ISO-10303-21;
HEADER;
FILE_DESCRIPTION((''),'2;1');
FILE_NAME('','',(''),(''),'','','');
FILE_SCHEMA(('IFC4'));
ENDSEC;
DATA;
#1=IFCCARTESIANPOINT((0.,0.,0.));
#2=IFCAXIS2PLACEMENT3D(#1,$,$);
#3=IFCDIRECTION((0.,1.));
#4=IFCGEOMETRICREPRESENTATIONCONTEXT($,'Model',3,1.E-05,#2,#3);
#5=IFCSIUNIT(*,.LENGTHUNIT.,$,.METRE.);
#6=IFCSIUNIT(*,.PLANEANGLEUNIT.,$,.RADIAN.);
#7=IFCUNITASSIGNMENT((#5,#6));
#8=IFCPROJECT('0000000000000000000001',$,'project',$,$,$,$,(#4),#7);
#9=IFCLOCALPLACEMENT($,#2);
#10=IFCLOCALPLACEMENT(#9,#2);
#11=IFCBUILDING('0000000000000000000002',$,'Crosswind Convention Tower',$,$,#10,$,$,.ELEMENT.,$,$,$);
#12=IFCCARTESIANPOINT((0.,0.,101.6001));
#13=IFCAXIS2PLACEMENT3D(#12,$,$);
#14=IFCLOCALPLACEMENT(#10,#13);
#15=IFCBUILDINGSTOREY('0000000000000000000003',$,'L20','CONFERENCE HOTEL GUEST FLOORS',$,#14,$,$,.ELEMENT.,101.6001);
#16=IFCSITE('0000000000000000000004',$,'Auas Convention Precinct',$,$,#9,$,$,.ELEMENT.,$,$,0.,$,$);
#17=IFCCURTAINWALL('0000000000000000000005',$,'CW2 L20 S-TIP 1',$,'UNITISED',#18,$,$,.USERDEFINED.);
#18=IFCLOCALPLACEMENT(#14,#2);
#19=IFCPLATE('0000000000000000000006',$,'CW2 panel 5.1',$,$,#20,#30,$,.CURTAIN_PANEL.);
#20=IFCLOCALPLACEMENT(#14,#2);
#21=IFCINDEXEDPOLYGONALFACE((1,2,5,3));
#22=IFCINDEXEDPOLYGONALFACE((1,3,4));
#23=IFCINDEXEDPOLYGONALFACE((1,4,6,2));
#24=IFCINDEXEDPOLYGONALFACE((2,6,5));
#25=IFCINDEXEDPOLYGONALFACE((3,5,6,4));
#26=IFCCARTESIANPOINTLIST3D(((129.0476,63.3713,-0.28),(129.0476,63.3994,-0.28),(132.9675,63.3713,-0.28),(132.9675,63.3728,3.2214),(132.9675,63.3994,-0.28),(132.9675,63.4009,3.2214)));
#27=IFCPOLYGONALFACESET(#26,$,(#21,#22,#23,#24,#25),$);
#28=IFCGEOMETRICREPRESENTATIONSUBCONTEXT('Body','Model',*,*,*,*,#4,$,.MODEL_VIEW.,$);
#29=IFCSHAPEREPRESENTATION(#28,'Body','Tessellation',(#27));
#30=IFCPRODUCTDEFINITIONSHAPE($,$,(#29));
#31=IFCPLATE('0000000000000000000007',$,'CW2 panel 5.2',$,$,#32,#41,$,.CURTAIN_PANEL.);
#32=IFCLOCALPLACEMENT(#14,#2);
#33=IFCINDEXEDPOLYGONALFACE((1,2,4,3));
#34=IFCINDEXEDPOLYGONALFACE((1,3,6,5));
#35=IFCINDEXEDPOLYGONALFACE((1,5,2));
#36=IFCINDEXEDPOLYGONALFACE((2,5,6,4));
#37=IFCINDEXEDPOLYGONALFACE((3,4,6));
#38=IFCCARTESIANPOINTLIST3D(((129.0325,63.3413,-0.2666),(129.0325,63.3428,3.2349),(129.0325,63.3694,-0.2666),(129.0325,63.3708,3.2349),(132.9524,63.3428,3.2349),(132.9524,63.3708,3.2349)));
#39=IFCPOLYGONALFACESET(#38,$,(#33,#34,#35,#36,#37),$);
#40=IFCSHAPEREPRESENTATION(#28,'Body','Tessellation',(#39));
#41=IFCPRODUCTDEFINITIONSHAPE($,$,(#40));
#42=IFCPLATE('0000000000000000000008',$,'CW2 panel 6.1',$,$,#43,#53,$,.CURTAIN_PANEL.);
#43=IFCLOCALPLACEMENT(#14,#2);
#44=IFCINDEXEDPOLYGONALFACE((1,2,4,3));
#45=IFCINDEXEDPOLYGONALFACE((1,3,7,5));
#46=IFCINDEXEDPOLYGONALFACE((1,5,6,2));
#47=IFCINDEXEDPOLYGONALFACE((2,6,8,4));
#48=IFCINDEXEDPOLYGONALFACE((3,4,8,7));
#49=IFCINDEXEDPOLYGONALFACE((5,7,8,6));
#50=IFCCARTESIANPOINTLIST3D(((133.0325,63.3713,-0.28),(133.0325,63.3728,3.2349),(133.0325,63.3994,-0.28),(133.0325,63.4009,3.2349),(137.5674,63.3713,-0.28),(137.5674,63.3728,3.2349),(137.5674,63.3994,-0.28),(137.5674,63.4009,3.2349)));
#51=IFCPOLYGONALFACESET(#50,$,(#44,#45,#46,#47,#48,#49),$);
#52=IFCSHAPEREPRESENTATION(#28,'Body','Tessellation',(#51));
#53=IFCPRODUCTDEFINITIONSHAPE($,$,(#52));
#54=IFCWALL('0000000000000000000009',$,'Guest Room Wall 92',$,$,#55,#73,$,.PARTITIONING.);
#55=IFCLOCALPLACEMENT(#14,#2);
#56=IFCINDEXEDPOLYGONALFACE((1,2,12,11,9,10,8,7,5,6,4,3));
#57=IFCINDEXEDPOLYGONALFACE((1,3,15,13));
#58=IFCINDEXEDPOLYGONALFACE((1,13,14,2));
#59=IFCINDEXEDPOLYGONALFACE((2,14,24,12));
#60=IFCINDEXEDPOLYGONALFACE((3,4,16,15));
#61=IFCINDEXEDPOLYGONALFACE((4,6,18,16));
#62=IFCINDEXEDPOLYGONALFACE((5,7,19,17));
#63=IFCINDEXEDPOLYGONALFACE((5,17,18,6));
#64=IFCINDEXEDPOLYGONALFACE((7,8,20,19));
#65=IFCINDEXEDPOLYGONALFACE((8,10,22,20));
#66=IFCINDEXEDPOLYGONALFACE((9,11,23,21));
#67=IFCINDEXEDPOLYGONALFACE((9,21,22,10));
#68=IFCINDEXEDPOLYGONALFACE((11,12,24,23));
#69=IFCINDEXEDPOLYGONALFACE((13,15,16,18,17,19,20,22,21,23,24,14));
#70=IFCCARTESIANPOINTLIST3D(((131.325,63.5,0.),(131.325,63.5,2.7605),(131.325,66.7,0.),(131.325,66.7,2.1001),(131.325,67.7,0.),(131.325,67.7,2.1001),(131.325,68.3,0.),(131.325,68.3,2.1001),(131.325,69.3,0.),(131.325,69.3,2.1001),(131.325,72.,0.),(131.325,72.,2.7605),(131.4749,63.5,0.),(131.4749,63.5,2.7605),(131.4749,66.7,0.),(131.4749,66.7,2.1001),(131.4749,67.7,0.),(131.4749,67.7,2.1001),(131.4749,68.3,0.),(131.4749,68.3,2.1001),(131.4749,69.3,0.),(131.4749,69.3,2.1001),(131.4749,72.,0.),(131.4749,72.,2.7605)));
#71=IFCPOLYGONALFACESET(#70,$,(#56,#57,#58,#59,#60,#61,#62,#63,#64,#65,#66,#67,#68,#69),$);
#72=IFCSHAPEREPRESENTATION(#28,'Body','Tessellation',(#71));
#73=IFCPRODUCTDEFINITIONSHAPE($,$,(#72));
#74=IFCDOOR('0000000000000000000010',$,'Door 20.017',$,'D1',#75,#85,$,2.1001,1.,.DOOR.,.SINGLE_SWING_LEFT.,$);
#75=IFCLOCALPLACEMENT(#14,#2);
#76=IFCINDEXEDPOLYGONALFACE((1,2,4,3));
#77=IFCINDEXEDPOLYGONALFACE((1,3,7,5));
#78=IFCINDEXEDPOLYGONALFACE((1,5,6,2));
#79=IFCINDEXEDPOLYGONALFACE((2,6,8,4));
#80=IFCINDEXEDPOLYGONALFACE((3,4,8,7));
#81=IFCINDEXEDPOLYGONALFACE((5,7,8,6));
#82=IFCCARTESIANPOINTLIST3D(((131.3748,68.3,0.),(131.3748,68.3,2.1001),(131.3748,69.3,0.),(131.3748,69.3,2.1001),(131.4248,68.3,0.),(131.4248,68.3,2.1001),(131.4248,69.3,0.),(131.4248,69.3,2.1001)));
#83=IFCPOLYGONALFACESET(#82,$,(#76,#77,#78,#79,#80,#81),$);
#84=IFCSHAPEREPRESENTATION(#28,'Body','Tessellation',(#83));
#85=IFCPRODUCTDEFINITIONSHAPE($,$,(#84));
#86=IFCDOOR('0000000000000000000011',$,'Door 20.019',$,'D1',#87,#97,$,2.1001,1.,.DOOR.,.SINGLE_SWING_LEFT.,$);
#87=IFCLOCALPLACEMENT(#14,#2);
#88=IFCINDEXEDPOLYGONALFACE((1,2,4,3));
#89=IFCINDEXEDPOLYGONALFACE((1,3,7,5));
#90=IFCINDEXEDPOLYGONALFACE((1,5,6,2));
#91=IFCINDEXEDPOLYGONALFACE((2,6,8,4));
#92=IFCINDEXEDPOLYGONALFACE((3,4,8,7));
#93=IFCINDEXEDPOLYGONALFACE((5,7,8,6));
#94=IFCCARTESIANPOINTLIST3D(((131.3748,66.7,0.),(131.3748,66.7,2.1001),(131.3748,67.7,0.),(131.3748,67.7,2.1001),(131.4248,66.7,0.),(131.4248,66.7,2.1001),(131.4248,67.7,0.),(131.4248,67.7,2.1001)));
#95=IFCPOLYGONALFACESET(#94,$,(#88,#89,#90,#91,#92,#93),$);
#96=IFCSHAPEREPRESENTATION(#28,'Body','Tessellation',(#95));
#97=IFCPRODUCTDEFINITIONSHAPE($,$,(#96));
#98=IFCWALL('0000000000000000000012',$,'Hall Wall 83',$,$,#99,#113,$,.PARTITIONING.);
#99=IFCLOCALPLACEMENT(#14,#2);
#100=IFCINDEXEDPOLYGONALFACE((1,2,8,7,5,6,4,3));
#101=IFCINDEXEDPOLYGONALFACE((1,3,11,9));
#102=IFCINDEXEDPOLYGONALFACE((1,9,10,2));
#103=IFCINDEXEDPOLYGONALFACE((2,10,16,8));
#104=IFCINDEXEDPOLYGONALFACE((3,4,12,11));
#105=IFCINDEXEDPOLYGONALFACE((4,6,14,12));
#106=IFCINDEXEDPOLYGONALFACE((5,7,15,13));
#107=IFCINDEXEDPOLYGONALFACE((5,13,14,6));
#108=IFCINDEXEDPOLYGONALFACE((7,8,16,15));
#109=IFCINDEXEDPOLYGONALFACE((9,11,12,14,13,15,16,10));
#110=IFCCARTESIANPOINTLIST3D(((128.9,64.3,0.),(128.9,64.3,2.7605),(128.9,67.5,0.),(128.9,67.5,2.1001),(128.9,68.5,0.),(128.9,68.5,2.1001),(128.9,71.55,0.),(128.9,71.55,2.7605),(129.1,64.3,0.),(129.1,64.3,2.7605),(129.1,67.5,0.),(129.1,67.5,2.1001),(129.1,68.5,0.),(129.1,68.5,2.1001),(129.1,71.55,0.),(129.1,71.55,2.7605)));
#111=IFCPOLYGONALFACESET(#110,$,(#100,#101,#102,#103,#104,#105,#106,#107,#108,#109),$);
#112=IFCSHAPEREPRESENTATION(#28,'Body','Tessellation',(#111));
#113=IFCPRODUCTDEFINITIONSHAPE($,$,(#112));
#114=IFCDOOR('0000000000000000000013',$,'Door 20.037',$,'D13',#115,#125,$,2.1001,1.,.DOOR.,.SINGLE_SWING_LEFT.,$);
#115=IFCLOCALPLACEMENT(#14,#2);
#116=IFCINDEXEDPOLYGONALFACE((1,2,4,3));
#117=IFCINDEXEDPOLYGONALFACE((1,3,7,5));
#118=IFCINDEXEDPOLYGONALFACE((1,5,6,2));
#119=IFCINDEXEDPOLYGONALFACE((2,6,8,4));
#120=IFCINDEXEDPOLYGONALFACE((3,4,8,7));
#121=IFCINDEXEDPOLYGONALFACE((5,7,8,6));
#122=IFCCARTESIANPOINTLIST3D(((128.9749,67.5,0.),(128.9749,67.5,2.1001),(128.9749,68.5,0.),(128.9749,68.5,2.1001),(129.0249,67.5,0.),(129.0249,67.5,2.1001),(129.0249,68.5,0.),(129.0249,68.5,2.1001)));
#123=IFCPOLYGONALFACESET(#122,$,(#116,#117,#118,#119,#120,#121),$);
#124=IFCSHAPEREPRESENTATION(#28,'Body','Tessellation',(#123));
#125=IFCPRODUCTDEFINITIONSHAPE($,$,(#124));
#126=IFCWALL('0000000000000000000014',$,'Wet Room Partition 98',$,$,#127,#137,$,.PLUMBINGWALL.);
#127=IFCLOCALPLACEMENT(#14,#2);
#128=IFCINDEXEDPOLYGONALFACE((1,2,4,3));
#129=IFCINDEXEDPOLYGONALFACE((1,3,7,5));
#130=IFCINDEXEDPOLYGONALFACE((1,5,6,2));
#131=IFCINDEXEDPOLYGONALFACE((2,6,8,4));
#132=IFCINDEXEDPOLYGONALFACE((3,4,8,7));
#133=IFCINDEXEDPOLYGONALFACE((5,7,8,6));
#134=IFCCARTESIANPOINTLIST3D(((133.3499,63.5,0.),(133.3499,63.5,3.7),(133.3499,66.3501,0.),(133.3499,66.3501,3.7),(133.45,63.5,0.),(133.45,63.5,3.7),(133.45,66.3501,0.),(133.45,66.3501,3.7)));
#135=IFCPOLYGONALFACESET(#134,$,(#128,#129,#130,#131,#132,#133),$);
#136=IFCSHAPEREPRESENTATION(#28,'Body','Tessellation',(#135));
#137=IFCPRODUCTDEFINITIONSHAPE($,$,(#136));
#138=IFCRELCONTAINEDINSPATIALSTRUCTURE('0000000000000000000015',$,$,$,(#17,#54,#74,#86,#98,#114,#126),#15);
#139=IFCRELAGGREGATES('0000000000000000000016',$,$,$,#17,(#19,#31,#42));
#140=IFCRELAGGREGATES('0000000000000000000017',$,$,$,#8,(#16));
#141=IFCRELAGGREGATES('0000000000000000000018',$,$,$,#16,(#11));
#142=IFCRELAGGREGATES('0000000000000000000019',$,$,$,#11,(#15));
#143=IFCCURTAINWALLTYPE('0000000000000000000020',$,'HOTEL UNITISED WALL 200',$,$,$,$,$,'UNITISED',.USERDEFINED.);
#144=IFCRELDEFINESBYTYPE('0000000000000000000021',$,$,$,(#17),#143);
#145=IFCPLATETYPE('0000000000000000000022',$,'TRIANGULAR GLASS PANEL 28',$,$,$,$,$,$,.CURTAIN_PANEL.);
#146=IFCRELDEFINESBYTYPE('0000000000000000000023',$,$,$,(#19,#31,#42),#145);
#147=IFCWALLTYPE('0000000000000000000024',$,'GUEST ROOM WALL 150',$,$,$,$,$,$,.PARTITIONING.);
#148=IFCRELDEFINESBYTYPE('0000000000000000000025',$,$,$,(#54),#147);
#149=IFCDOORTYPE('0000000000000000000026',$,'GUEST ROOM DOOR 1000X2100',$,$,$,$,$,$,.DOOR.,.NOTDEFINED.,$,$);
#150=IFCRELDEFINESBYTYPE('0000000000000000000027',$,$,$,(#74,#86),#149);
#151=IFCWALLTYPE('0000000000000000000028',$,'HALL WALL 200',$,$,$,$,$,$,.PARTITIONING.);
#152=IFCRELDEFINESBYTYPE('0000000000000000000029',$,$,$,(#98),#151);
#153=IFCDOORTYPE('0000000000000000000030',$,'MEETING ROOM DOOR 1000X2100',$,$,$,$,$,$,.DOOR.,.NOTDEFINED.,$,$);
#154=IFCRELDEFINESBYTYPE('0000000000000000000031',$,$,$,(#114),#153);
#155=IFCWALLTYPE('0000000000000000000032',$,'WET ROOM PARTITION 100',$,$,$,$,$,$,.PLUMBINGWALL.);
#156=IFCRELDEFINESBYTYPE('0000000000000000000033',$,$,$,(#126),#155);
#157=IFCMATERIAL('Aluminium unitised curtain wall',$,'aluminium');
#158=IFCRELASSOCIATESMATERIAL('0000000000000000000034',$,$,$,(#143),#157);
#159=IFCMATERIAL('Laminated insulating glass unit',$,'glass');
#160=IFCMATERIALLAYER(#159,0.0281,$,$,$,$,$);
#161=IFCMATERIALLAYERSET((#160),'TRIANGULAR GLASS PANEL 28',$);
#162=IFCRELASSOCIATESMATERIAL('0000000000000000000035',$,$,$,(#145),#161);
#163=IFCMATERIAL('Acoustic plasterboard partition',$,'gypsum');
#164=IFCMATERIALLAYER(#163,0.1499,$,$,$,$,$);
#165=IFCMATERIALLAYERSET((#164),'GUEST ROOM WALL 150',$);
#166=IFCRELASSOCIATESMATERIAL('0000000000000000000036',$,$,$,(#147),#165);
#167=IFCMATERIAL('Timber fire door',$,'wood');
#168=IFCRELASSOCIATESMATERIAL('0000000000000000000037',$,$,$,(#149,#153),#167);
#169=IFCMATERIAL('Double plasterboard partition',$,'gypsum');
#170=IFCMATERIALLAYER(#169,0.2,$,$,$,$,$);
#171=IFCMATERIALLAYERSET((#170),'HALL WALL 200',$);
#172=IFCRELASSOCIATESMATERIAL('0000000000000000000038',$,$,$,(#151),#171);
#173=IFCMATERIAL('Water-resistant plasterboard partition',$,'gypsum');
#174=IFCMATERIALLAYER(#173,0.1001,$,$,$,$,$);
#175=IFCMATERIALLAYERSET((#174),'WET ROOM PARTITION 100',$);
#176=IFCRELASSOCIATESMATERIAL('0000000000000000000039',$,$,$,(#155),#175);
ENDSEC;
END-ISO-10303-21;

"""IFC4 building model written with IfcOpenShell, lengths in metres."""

from ifc_helpers import new_model, si_unit, direction, frame, frame_2d, origin, place, context, subcontext, project, spatial, polyline, rectangle, outline, extrude, material, layer, layer_set, type_object, element, fill, aggregate, save


model = new_model("IFC4")

# Units and contexts
model_context = context("Model", 3, precision=1e-05, world=origin(), true_north=direction((0.0, 1.0)))
body_context = subcontext(model_context, "Body", "Model", "MODEL_VIEW")
ifc_project = project(units=[si_unit("LENGTHUNIT", "METRE"), si_unit("PLANEANGLEUNIT", "RADIAN")], contexts=[model_context])

# Site, building, storey
site_placement = place(None, origin())
site = spatial("IfcSite", under=ifc_project, at=site_placement, Name="Auas Convention Precinct", CompositionType="ELEMENT", RefElevation=0.0)
building_placement = place(site_placement, origin())
building = spatial("IfcBuilding", under=site, at=building_placement, Name="Crosswind Convention Tower", CompositionType="ELEMENT")
storey_placement = place(building_placement, frame((0.0, 0.0, 101.6001)))
storey = spatial("IfcBuildingStorey", under=building, at=storey_placement, Name="L20", Description="CONFERENCE HOTEL GUEST FLOORS", CompositionType="ELEMENT", Elevation=101.6001)

# Curtain wall, plates
ifc_material_1 = material(Name="Aluminium unitised curtain wall", Category="aluminium")
curtain_wall_type = type_object("IfcCurtainWallType", Name="HOTEL UNITISED WALL 200", ElementType="UNITISED", PredefinedType="USERDEFINED", material=ifc_material_1)
curtain_wall_placement = place(storey_placement, origin())
curtain_wall = element("IfcCurtainWall", 1, at=curtain_wall_placement, inside=storey, type_object=curtain_wall_type, Name="CW2 L20 S-TIP 1", ObjectType="UNITISED", PredefinedType="USERDEFINED")
ifc_material_2 = material(Name="Laminated insulating glass unit", Category="glass")
ifc_layer_1 = layer(ifc_material_2, 0.0281)
ifc_layer_set_1 = layer_set([ifc_layer_1], Name="TRIANGULAR GLASS PANEL 28")
plate_type = type_object("IfcPlateType", Name="TRIANGULAR GLASS PANEL 28", PredefinedType="CURTAIN_PANEL", material=ifc_layer_set_1)
plate_1_placement = place(storey_placement, frame((132.9675, 63.3713, -0.28), z_axis=(0.0, -1.0, 0.000418), x_axis=(0.0, 0.000418, 1.0)))
plate_1 = element("IfcPlate", 2, at=plate_1_placement, type_object=plate_type, Name="CW2 panel 5.1", PredefinedType="CURTAIN_PANEL", context=body_context, shape_type="SweptSolid", body=[
    extrude(outline(polyline([(0.0, 0.0), (3.5015, 0.0), (0.0, 3.9199), (0.0, 0.0)])), origin(), (0.0, 0.0, -1.0), 0.0281),
])
plate_2_placement = place(storey_placement, frame((129.0325, 63.3428, 3.2349), z_axis=(0.0, -1.0, 0.000418), x_axis=(0.0, -0.000418, -1.0)))
plate_2 = element("IfcPlate", 3, at=plate_2_placement, type_object=plate_type, Name="CW2 panel 5.2", PredefinedType="CURTAIN_PANEL", context=body_context, shape_type="SweptSolid", body=[
    extrude(outline(polyline([(0.0, 0.0), (3.5015, 0.0), (0.0, 3.9199), (0.0, 0.0)])), origin(), (0.0, 0.0, -1.0), 0.0281),
])
plate_3_placement = place(storey_placement, frame((133.0325, 63.3713, -0.28), z_axis=(0.0, -1.0, 0.000417), x_axis=(1.0, 0.0, 0.0)))
plate_3 = element("IfcPlate", 4, at=plate_3_placement, type_object=plate_type, Name="CW2 panel 6.1", PredefinedType="CURTAIN_PANEL", context=body_context, shape_type="SweptSolid", body=[
    extrude(outline(polyline([(0.0, 0.0), (4.5349, 0.0), (4.5349, 3.5149), (0.0, 3.5149), (0.0, 0.0)])), origin(), (0.0, 0.0, -1.0), 0.0281),
])
aggregate(curtain_wall, [plate_1, plate_2, plate_3])

# Wall, openings, doors
ifc_material_3 = material(Name="Acoustic plasterboard partition", Category="gypsum")
ifc_layer_2 = layer(ifc_material_3, 0.1499)
ifc_layer_set_2 = layer_set([ifc_layer_2], Name="GUEST ROOM WALL 150")
wall_type_1 = type_object("IfcWallType", Name="GUEST ROOM WALL 150", PredefinedType="PARTITIONING", material=ifc_layer_set_2)
wall_1_placement = place(storey_placement, frame((131.3999, 63.5, 0.0), z_axis=(0.0, 0.0, 1.0), x_axis=(0.0, 1.0, 0.0)))
wall_1 = element("IfcWall", 5, at=wall_1_placement, inside=storey, type_object=wall_type_1, Name="Guest Room Wall 92", PredefinedType="PARTITIONING", context=body_context, shape_type="SweptSolid", body=[
    extrude(rectangle(XDim=8.5, YDim=0.1499, at=frame_2d((4.25, 0.0))), origin(), (0.0, 0.0, 1.0), 2.7605),
])
opening_1_placement = place(wall_1_placement, frame((4.8, 0.0, 0.0)))
opening_1 = element("IfcOpeningElement", 6, at=opening_1_placement, cuts=wall_1, PredefinedType="OPENING", context=body_context, shape_type="SweptSolid", body=[
    extrude(rectangle(XDim=1.0, YDim=2.1001, at=frame_2d((0.5, 1.05))), frame((0.0, 0.085, 0.0), z_axis=(0.0, -1.0, 0.0), x_axis=(1.0, 0.0, 0.0)), (0.0, 0.0, 1.0), 0.1699),
])
opening_2_placement = place(wall_1_placement, frame((3.2, 0.0, 0.0)))
opening_2 = element("IfcOpeningElement", 7, at=opening_2_placement, cuts=wall_1, PredefinedType="OPENING", context=body_context, shape_type="SweptSolid", body=[
    extrude(rectangle(XDim=1.0, YDim=2.1001, at=frame_2d((0.5, 1.05))), frame((0.0, 0.085, 0.0), z_axis=(0.0, -1.0, 0.0), x_axis=(1.0, 0.0, 0.0)), (0.0, 0.0, 1.0), 0.1699),
])
ifc_material_4 = material(Name="Timber fire door", Category="wood")
door_type_1 = type_object("IfcDoorType", Name="GUEST ROOM DOOR 1000X2100", OperationType="NOTDEFINED", PredefinedType="DOOR", material=ifc_material_4)
door_1_placement = place(opening_1_placement, frame((1.0, 0.0, 0.0), z_axis=(0.0, 0.0, 1.0), x_axis=(-1.0, 0.0, 0.0)))
door_1 = element("IfcDoor", 8, at=door_1_placement, inside=storey, type_object=door_type_1, Name="Door 20.017", ObjectType="D1", OperationType="SINGLE_SWING_LEFT", OverallHeight=2.1001, OverallWidth=1.0, PredefinedType="DOOR", context=body_context, shape_type="SweptSolid", body=[
    extrude(rectangle(XDim=1.0, YDim=2.1001, at=frame_2d((0.5, 1.05))), frame((0.0, 0.0249, 0.0), z_axis=(0.0, -1.0, 0.0), x_axis=(1.0, 0.0, 0.0)), (0.0, 0.0, 1.0), 0.05),
])
fill(opening_1, door_1)
door_2_placement = place(opening_2_placement, frame((1.0, 0.0, 0.0), z_axis=(0.0, 0.0, 1.0), x_axis=(-1.0, 0.0, 0.0)))
door_2 = element("IfcDoor", 9, at=door_2_placement, inside=storey, type_object=door_type_1, Name="Door 20.019", ObjectType="D1", OperationType="SINGLE_SWING_LEFT", OverallHeight=2.1001, OverallWidth=1.0, PredefinedType="DOOR", context=body_context, shape_type="SweptSolid", body=[
    extrude(rectangle(XDim=1.0, YDim=2.1001, at=frame_2d((0.5, 1.05))), frame((0.0, 0.0249, 0.0), z_axis=(0.0, -1.0, 0.0), x_axis=(1.0, 0.0, 0.0)), (0.0, 0.0, 1.0), 0.05),
])
fill(opening_2, door_2)

# Wall, opening, door
ifc_material_5 = material(Name="Double plasterboard partition", Category="gypsum")
ifc_layer_3 = layer(ifc_material_5, 0.2)
ifc_layer_set_3 = layer_set([ifc_layer_3], Name="HALL WALL 200")
wall_type_2 = type_object("IfcWallType", Name="HALL WALL 200", PredefinedType="PARTITIONING", material=ifc_layer_set_3)
wall_2_placement = place(storey_placement, frame((129.0, 64.3, 0.0), z_axis=(0.0, 0.0, 1.0), x_axis=(0.0, 1.0, 0.0)))
wall_2 = element("IfcWall", 10, at=wall_2_placement, inside=storey, type_object=wall_type_2, Name="Hall Wall 83", PredefinedType="PARTITIONING", context=body_context, shape_type="SweptSolid", body=[
    extrude(rectangle(XDim=7.25, YDim=0.2, at=frame_2d((3.625, 0.0))), origin(), (0.0, 0.0, 1.0), 2.7605),
])
opening_3_placement = place(wall_2_placement, frame((3.2, 0.0, 0.0)))
opening_3 = element("IfcOpeningElement", 11, at=opening_3_placement, cuts=wall_2, PredefinedType="OPENING", context=body_context, shape_type="SweptSolid", body=[
    extrude(rectangle(XDim=1.0, YDim=2.1001, at=frame_2d((0.5, 1.05))), frame((0.0, 0.1099, 0.0), z_axis=(0.0, -1.0, 0.0), x_axis=(1.0, 0.0, 0.0)), (0.0, 0.0, 1.0), 0.22),
])
door_type_2 = type_object("IfcDoorType", Name="MEETING ROOM DOOR 1000X2100", OperationType="NOTDEFINED", PredefinedType="DOOR", material=ifc_material_4)
door_3_placement = place(opening_3_placement, frame((1.0, 0.0, 0.0), z_axis=(0.0, 0.0, 1.0), x_axis=(-1.0, 0.0, 0.0)))
door_3 = element("IfcDoor", 12, at=door_3_placement, inside=storey, type_object=door_type_2, Name="Door 20.037", ObjectType="D13", OperationType="SINGLE_SWING_LEFT", OverallHeight=2.1001, OverallWidth=1.0, PredefinedType="DOOR", context=body_context, shape_type="SweptSolid", body=[
    extrude(rectangle(XDim=1.0, YDim=2.1001, at=frame_2d((0.5, 1.05))), frame((0.0, 0.0249, 0.0), z_axis=(0.0, -1.0, 0.0), x_axis=(1.0, 0.0, 0.0)), (0.0, 0.0, 1.0), 0.05),
])
fill(opening_3, door_3)

# Wall
ifc_material_6 = material(Name="Water-resistant plasterboard partition", Category="gypsum")
ifc_layer_4 = layer(ifc_material_6, 0.1001)
ifc_layer_set_4 = layer_set([ifc_layer_4], Name="WET ROOM PARTITION 100")
wall_type_3 = type_object("IfcWallType", Name="WET ROOM PARTITION 100", PredefinedType="PLUMBINGWALL", material=ifc_layer_set_4)
wall_3_placement = place(storey_placement, frame((133.3999, 63.5, 0.0), z_axis=(0.0, 0.0, 1.0), x_axis=(0.0, 1.0, 0.0)))
element("IfcWall", 13, at=wall_3_placement, inside=storey, type_object=wall_type_3, Name="Wet Room Partition 98", PredefinedType="PLUMBINGWALL", context=body_context, shape_type="SweptSolid", body=[
    extrude(rectangle(XDim=2.8501, YDim=0.1001, at=frame_2d((1.425, 0.0))), origin(), (0.0, 0.0, 1.0), 3.7),
])

save(model, "model.ifc")
